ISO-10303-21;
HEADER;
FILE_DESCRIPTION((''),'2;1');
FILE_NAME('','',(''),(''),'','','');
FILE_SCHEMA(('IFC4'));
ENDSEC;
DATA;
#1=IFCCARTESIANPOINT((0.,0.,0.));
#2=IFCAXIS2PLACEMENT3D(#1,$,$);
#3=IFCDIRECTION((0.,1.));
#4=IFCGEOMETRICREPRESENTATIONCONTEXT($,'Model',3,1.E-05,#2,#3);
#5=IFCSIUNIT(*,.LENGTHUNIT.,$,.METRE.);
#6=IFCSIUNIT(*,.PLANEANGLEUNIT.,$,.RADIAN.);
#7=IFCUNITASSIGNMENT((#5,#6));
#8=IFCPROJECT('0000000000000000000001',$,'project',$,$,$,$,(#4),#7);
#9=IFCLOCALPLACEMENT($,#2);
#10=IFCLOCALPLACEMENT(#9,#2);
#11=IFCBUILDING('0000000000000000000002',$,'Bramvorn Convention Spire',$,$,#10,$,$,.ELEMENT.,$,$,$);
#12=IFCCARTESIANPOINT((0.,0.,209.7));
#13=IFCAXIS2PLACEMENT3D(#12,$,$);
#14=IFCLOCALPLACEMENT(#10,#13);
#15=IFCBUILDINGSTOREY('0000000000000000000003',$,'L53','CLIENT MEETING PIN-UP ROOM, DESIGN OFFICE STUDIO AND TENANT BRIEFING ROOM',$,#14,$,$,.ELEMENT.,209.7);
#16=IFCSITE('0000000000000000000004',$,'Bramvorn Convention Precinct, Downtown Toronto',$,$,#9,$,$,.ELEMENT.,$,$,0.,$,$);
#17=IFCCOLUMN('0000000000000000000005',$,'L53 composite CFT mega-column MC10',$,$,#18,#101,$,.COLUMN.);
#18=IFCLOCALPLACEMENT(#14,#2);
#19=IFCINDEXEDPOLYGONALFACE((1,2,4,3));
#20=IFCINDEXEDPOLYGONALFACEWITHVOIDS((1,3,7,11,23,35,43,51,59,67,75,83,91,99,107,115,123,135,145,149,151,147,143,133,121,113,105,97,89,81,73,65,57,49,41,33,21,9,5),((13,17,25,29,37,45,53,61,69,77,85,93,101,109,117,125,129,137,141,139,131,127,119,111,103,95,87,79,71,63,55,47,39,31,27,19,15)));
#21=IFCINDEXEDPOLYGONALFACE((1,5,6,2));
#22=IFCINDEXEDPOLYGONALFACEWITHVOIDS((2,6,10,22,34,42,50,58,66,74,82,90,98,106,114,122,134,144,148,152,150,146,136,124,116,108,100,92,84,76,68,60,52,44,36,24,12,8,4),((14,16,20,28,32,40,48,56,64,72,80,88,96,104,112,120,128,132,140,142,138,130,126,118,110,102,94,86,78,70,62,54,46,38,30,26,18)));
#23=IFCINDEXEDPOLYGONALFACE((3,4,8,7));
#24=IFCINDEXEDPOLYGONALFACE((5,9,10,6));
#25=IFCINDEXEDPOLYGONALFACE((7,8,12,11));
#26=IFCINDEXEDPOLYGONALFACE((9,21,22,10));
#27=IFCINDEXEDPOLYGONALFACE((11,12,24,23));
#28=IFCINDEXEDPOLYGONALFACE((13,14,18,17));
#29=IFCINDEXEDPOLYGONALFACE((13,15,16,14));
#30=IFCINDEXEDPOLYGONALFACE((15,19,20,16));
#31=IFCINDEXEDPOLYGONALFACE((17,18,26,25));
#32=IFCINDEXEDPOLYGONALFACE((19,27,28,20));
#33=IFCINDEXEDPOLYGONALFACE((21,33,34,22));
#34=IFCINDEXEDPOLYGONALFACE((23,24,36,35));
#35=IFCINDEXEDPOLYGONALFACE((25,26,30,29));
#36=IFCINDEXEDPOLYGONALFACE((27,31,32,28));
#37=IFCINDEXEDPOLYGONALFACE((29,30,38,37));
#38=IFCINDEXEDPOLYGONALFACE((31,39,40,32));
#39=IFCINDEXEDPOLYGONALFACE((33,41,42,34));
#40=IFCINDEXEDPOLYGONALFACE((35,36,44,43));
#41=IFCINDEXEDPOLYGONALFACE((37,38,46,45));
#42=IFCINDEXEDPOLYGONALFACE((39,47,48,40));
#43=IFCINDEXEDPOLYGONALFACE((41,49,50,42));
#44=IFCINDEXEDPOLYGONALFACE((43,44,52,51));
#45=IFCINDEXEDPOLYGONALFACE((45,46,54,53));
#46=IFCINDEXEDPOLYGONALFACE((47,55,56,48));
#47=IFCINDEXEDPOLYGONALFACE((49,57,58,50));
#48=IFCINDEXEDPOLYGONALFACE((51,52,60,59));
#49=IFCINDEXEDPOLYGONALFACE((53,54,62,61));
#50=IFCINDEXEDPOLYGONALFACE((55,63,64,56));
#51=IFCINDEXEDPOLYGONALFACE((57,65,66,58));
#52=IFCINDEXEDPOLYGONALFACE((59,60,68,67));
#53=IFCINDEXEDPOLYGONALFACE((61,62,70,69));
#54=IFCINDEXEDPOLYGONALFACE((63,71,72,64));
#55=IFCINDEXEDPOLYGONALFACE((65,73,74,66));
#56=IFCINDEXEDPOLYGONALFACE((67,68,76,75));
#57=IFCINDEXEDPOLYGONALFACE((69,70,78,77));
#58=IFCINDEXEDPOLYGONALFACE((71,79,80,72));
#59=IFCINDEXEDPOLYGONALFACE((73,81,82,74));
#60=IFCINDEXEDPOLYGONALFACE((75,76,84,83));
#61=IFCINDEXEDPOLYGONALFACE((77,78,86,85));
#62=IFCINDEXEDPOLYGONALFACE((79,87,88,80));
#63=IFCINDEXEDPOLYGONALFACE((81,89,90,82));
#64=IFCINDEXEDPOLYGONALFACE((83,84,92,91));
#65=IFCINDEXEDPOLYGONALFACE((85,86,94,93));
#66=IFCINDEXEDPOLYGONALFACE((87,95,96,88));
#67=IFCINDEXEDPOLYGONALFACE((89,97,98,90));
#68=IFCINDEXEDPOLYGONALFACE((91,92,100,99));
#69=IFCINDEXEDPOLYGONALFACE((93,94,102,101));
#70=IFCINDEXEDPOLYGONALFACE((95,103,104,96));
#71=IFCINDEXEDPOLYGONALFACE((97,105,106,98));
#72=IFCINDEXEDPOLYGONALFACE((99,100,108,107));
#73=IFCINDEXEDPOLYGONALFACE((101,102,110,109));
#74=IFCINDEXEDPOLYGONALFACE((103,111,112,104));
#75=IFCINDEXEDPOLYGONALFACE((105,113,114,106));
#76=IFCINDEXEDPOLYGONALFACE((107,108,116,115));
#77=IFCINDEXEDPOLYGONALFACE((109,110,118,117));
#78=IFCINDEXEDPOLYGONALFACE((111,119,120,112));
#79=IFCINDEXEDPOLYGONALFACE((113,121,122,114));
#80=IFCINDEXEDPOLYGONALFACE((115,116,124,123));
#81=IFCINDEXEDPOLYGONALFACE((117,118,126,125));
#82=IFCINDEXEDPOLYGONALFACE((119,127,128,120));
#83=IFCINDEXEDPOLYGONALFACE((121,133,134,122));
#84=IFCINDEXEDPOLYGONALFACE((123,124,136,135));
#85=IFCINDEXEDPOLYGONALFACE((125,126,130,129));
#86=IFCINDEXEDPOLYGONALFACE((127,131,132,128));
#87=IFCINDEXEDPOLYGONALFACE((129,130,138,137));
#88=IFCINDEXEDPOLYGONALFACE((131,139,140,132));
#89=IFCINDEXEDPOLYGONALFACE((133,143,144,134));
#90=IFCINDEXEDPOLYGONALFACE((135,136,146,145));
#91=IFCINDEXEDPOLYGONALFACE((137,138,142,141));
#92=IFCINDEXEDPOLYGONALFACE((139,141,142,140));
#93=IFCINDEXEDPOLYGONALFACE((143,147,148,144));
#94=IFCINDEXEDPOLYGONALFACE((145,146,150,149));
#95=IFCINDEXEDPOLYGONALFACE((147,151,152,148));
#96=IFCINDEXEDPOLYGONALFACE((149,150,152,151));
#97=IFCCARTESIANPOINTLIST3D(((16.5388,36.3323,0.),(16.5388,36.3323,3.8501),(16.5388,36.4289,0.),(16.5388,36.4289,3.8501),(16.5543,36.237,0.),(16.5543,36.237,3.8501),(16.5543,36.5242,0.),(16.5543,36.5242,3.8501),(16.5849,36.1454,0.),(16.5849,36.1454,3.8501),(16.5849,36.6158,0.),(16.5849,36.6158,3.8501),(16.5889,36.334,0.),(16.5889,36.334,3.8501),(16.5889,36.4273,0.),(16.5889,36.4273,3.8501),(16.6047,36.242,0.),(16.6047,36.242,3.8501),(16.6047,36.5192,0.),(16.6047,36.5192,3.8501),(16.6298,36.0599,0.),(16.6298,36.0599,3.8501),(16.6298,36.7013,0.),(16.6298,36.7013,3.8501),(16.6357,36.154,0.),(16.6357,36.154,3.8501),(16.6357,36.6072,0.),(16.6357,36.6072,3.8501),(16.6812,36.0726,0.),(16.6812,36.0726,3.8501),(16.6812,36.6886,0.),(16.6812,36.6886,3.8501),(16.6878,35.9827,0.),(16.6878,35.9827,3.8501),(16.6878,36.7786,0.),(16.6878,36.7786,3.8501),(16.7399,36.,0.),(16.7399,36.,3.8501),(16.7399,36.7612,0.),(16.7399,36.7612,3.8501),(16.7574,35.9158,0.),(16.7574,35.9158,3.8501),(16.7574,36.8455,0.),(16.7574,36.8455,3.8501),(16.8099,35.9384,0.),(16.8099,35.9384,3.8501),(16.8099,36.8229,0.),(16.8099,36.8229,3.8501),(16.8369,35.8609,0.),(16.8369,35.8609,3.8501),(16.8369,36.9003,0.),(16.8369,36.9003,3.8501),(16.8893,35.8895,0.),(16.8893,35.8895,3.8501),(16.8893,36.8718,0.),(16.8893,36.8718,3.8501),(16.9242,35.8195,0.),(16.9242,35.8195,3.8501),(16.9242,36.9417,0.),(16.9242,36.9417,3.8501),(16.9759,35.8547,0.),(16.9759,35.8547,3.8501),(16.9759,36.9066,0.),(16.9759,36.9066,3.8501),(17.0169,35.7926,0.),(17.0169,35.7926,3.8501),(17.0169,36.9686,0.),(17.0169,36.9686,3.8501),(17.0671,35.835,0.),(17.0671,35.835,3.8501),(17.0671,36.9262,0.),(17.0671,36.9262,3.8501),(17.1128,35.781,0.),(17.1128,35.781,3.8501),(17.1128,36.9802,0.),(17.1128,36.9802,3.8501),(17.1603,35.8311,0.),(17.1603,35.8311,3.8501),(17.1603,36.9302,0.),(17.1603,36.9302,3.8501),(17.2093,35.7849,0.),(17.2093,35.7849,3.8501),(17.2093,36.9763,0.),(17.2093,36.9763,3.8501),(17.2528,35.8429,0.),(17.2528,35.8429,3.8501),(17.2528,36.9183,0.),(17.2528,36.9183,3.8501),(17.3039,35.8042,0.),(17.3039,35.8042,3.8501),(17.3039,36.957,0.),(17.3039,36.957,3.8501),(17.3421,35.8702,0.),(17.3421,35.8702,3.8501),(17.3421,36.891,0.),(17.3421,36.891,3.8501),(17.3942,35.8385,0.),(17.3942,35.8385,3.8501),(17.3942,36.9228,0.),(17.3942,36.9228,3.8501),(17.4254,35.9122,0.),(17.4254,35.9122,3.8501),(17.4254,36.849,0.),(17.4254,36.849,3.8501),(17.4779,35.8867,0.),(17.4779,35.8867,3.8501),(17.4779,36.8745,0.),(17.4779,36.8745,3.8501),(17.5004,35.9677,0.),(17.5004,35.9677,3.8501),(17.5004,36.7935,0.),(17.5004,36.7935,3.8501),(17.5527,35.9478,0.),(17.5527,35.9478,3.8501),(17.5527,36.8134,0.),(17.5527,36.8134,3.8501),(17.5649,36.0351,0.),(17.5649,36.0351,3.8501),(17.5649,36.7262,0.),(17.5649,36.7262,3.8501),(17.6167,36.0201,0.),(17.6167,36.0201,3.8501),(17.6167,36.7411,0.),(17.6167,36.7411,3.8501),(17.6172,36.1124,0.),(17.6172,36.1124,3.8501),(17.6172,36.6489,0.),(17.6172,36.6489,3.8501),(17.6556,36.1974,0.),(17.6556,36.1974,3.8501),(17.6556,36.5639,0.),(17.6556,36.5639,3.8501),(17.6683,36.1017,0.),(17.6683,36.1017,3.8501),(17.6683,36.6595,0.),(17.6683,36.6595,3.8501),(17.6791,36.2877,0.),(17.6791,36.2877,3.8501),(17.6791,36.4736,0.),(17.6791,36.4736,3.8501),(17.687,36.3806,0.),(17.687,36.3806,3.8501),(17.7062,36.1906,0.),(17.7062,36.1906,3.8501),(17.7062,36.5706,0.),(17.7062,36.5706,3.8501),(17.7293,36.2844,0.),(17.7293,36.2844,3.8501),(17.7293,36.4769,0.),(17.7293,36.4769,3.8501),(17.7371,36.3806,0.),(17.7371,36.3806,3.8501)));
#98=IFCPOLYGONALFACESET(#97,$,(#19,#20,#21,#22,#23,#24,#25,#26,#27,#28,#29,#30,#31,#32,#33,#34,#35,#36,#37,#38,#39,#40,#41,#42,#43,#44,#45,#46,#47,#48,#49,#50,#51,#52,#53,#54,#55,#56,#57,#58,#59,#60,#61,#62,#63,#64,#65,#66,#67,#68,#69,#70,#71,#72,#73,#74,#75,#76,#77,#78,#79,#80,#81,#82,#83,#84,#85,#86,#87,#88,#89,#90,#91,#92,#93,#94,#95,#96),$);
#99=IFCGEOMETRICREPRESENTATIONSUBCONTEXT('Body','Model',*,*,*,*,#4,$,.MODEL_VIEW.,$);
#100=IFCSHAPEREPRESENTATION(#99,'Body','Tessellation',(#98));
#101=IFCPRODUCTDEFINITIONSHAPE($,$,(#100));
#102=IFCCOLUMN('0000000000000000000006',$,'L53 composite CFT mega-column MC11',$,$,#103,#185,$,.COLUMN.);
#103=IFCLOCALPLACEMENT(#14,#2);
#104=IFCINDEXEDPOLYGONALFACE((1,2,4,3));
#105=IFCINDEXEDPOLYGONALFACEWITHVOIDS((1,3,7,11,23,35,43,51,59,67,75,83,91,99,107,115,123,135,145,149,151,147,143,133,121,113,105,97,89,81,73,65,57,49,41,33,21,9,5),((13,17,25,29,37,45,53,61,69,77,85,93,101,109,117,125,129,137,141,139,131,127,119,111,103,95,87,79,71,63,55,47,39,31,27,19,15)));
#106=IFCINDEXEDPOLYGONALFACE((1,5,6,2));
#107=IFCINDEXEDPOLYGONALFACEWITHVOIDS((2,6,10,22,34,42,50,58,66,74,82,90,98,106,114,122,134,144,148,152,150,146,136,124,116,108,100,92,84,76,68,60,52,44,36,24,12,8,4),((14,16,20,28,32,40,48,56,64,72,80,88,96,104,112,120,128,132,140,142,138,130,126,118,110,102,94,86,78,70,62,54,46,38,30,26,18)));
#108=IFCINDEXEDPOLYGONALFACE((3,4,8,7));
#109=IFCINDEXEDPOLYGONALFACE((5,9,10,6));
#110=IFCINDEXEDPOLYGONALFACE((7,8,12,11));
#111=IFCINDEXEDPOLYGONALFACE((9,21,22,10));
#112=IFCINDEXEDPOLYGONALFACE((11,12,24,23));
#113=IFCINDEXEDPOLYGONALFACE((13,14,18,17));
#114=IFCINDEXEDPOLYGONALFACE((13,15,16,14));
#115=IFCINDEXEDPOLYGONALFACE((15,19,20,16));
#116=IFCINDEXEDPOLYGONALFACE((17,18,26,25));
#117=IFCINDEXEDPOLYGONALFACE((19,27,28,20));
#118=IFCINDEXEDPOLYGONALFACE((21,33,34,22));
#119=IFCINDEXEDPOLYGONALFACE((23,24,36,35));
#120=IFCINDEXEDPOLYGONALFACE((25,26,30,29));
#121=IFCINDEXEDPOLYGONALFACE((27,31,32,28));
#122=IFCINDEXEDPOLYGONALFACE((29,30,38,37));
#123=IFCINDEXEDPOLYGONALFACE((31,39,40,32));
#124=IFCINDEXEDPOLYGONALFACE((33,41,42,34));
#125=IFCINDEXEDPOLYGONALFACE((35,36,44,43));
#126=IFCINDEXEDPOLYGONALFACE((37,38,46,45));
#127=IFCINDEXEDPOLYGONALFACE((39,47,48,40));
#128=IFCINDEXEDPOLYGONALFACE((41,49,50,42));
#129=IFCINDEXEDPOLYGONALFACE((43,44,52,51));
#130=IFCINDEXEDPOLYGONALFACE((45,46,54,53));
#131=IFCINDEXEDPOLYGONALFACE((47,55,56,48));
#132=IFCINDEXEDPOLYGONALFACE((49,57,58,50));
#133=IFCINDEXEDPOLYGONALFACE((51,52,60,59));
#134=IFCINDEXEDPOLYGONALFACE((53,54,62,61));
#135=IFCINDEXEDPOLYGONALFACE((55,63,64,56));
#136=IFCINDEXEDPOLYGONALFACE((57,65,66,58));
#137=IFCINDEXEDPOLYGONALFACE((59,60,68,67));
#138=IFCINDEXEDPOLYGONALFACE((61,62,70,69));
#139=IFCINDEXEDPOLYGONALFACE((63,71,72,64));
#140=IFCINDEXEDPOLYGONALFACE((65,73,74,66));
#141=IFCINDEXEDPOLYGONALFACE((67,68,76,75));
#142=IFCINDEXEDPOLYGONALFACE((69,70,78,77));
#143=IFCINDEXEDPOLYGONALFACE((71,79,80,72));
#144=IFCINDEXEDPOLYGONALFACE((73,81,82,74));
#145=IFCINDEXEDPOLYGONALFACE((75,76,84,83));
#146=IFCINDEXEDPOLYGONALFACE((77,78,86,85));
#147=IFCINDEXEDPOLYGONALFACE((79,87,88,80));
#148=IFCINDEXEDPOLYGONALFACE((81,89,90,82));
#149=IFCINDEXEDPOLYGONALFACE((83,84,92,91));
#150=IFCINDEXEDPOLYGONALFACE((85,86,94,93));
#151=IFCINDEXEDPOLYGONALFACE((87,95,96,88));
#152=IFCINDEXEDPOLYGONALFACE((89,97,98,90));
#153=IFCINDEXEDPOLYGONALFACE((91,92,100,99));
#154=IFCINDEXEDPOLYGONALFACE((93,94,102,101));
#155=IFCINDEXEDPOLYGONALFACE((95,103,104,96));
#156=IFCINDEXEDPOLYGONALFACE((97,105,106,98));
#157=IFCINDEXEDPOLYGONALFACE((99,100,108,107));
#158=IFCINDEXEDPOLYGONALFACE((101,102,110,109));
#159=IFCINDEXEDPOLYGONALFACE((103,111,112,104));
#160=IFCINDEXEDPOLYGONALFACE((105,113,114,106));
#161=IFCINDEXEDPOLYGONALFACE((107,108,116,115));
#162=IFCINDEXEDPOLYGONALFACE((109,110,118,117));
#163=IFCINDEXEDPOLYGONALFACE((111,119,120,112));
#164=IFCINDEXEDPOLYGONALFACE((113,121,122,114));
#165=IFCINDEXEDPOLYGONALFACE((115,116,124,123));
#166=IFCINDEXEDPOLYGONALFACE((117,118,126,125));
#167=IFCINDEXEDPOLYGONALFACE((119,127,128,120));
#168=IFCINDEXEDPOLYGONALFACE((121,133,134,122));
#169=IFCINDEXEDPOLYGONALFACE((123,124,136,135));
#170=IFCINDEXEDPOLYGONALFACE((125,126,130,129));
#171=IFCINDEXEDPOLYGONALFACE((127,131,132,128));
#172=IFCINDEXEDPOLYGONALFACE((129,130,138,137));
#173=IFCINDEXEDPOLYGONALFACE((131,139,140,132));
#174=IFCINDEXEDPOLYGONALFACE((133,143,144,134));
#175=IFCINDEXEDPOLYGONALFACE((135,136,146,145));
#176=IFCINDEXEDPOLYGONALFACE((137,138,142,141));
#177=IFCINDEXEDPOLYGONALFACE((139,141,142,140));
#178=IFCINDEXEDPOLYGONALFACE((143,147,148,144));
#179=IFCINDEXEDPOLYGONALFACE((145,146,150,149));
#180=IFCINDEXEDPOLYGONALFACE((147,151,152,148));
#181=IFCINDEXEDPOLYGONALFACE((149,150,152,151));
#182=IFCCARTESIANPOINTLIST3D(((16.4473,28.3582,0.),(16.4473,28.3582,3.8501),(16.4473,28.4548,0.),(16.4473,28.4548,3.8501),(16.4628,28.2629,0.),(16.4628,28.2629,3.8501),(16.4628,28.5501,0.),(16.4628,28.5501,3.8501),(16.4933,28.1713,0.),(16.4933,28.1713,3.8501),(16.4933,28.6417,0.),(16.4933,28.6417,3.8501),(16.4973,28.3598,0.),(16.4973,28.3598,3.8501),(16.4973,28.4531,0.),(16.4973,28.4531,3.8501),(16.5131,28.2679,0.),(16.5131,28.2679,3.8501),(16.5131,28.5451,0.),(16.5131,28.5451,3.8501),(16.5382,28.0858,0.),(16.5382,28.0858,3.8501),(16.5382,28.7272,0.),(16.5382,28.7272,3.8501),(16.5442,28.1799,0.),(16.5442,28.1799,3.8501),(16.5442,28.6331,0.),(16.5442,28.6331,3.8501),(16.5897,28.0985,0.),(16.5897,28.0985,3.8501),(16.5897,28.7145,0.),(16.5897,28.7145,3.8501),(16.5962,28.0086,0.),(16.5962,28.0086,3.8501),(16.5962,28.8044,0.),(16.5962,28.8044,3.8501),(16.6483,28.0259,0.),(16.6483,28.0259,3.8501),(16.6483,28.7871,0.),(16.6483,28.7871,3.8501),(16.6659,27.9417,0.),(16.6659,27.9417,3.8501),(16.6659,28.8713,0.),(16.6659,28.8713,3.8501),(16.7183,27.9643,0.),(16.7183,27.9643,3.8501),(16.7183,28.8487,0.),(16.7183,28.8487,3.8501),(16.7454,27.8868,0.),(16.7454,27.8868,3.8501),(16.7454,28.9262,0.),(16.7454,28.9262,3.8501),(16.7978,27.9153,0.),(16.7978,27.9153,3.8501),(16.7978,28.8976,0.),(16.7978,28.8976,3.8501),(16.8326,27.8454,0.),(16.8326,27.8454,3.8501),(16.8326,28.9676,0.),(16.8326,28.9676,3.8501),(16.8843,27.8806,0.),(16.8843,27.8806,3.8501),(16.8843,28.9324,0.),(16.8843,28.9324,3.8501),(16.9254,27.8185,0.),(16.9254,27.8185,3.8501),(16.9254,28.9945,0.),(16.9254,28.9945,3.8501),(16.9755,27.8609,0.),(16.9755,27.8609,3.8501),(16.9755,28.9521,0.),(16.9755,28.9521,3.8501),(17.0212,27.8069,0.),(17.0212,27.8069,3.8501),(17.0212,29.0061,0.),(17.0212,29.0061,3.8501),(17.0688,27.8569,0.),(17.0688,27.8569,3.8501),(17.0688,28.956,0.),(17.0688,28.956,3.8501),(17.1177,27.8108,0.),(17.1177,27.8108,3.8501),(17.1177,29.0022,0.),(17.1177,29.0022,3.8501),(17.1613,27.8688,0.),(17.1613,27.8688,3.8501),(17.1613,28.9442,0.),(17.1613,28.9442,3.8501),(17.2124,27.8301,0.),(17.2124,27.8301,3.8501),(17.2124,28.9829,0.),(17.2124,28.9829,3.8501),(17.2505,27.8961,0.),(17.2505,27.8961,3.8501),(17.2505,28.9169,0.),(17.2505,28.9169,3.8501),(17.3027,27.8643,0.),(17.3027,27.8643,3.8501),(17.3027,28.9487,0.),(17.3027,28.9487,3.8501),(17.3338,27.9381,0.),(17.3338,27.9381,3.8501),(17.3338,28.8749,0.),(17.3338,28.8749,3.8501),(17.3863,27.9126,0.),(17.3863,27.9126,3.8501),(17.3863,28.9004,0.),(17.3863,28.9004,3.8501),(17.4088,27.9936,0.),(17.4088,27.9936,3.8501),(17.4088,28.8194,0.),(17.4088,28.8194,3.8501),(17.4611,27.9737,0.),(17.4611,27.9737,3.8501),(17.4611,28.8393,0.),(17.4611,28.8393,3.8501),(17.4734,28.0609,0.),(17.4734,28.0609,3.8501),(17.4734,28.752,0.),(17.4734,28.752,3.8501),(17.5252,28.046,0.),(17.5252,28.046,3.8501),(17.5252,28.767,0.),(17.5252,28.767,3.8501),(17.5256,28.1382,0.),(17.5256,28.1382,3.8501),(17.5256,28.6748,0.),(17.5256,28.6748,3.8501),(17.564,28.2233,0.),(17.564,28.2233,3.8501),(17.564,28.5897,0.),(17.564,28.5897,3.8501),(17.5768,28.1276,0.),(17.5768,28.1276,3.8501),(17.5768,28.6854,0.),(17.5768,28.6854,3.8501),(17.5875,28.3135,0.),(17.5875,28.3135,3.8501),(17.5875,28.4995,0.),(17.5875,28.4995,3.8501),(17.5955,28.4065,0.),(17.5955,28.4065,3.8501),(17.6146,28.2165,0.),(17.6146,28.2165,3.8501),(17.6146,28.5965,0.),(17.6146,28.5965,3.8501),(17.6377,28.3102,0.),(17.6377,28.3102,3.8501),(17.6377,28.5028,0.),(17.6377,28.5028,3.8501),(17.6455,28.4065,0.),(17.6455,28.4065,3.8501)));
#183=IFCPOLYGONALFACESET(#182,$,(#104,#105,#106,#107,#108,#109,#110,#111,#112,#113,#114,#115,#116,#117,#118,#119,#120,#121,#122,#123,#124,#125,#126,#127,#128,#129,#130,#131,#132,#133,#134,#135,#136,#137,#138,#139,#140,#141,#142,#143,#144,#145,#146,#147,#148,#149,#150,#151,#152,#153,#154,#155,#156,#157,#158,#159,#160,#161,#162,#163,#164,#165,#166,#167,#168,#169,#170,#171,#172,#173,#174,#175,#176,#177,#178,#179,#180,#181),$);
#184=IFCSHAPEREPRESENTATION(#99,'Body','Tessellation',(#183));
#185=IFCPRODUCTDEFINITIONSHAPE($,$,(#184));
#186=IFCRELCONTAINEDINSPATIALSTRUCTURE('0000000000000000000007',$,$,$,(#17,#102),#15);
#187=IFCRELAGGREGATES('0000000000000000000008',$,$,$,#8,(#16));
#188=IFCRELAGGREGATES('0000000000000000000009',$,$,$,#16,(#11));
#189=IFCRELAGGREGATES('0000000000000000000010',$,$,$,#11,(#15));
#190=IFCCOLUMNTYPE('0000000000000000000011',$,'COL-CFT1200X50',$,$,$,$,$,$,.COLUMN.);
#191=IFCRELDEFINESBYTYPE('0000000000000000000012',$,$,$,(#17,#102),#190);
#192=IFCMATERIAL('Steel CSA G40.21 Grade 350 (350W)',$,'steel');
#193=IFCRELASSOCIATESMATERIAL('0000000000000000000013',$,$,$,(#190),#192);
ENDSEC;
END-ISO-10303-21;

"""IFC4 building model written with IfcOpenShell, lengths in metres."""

from ifc_helpers import new_model, si_unit, direction, frame, origin, origin_2d, place, context, subcontext, project, spatial, hollow_circle, extrude, material, material_profile, profile_set, type_object, element, save


model = new_model("IFC4")

# Units and contexts
model_context = context("Model", 3, precision=1e-05, world=origin(), true_north=direction((0.0, 1.0)))
body_context = subcontext(model_context, "Body", "Model", "MODEL_VIEW")
ifc_project = project(units=[si_unit("LENGTHUNIT", "METRE"), si_unit("PLANEANGLEUNIT", "RADIAN")], contexts=[model_context])

# Site, building, storey
site_placement = place(None, origin())
site = spatial("IfcSite", under=ifc_project, at=site_placement, Name="Bramvorn Convention Precinct, Downtown Toronto", CompositionType="ELEMENT", RefElevation=0.0)
building_placement = place(site_placement, origin())
building = spatial("IfcBuilding", under=site, at=building_placement, Name="Bramvorn Convention Spire", CompositionType="ELEMENT")
storey_placement = place(building_placement, frame((0.0, 0.0, 209.7)))
storey = spatial("IfcBuildingStorey", under=building, at=storey_placement, Name="L53", Description="CLIENT MEETING PIN-UP ROOM, DESIGN OFFICE STUDIO AND TENANT BRIEFING ROOM", CompositionType="ELEMENT", Elevation=209.7)

# Columns
ifc_material_1 = material(Name="Steel CSA G40.21 Grade 350 (350W)", Category="steel")
ifc_material_profile_1 = material_profile(ifc_material_1, hollow_circle(Radius=0.6001, WallThickness=0.05, at=origin_2d()))
ifc_profile_set_1 = profile_set([ifc_material_profile_1], Name="Steel CSA G40.21 Grade 350 (350W) - CFT1200X50")
column_type = type_object("IfcColumnType", Name="COL-CFT1200X50", PredefinedType="COLUMN", material=ifc_profile_set_1)
for number, where, z_axis, x_axis, name in (
    (1, (17.137, 36.3806, 0.0), (0.0, 0.0, 1.0), (1.0, 0.0, 0.0), "L53 composite CFT mega-column MC10"),
    (2, (17.0454, 28.4065, 0.0), (0.0, 0.0, 1.0), (1.0, 0.0, 0.0), "L53 composite CFT mega-column MC11"),
):
    element("IfcColumn", number, at=place(storey_placement, frame(where, z_axis=z_axis, x_axis=x_axis)), inside=storey, type_object=column_type, Name=name, PredefinedType="COLUMN", context=body_context, shape_type="SweptSolid", body=[
        extrude(hollow_circle(Radius=0.6001, WallThickness=0.05, at=origin_2d()), origin(), (0.0, 0.0, 1.0), 3.8501),
    ])

save(model, "model.ifc")
